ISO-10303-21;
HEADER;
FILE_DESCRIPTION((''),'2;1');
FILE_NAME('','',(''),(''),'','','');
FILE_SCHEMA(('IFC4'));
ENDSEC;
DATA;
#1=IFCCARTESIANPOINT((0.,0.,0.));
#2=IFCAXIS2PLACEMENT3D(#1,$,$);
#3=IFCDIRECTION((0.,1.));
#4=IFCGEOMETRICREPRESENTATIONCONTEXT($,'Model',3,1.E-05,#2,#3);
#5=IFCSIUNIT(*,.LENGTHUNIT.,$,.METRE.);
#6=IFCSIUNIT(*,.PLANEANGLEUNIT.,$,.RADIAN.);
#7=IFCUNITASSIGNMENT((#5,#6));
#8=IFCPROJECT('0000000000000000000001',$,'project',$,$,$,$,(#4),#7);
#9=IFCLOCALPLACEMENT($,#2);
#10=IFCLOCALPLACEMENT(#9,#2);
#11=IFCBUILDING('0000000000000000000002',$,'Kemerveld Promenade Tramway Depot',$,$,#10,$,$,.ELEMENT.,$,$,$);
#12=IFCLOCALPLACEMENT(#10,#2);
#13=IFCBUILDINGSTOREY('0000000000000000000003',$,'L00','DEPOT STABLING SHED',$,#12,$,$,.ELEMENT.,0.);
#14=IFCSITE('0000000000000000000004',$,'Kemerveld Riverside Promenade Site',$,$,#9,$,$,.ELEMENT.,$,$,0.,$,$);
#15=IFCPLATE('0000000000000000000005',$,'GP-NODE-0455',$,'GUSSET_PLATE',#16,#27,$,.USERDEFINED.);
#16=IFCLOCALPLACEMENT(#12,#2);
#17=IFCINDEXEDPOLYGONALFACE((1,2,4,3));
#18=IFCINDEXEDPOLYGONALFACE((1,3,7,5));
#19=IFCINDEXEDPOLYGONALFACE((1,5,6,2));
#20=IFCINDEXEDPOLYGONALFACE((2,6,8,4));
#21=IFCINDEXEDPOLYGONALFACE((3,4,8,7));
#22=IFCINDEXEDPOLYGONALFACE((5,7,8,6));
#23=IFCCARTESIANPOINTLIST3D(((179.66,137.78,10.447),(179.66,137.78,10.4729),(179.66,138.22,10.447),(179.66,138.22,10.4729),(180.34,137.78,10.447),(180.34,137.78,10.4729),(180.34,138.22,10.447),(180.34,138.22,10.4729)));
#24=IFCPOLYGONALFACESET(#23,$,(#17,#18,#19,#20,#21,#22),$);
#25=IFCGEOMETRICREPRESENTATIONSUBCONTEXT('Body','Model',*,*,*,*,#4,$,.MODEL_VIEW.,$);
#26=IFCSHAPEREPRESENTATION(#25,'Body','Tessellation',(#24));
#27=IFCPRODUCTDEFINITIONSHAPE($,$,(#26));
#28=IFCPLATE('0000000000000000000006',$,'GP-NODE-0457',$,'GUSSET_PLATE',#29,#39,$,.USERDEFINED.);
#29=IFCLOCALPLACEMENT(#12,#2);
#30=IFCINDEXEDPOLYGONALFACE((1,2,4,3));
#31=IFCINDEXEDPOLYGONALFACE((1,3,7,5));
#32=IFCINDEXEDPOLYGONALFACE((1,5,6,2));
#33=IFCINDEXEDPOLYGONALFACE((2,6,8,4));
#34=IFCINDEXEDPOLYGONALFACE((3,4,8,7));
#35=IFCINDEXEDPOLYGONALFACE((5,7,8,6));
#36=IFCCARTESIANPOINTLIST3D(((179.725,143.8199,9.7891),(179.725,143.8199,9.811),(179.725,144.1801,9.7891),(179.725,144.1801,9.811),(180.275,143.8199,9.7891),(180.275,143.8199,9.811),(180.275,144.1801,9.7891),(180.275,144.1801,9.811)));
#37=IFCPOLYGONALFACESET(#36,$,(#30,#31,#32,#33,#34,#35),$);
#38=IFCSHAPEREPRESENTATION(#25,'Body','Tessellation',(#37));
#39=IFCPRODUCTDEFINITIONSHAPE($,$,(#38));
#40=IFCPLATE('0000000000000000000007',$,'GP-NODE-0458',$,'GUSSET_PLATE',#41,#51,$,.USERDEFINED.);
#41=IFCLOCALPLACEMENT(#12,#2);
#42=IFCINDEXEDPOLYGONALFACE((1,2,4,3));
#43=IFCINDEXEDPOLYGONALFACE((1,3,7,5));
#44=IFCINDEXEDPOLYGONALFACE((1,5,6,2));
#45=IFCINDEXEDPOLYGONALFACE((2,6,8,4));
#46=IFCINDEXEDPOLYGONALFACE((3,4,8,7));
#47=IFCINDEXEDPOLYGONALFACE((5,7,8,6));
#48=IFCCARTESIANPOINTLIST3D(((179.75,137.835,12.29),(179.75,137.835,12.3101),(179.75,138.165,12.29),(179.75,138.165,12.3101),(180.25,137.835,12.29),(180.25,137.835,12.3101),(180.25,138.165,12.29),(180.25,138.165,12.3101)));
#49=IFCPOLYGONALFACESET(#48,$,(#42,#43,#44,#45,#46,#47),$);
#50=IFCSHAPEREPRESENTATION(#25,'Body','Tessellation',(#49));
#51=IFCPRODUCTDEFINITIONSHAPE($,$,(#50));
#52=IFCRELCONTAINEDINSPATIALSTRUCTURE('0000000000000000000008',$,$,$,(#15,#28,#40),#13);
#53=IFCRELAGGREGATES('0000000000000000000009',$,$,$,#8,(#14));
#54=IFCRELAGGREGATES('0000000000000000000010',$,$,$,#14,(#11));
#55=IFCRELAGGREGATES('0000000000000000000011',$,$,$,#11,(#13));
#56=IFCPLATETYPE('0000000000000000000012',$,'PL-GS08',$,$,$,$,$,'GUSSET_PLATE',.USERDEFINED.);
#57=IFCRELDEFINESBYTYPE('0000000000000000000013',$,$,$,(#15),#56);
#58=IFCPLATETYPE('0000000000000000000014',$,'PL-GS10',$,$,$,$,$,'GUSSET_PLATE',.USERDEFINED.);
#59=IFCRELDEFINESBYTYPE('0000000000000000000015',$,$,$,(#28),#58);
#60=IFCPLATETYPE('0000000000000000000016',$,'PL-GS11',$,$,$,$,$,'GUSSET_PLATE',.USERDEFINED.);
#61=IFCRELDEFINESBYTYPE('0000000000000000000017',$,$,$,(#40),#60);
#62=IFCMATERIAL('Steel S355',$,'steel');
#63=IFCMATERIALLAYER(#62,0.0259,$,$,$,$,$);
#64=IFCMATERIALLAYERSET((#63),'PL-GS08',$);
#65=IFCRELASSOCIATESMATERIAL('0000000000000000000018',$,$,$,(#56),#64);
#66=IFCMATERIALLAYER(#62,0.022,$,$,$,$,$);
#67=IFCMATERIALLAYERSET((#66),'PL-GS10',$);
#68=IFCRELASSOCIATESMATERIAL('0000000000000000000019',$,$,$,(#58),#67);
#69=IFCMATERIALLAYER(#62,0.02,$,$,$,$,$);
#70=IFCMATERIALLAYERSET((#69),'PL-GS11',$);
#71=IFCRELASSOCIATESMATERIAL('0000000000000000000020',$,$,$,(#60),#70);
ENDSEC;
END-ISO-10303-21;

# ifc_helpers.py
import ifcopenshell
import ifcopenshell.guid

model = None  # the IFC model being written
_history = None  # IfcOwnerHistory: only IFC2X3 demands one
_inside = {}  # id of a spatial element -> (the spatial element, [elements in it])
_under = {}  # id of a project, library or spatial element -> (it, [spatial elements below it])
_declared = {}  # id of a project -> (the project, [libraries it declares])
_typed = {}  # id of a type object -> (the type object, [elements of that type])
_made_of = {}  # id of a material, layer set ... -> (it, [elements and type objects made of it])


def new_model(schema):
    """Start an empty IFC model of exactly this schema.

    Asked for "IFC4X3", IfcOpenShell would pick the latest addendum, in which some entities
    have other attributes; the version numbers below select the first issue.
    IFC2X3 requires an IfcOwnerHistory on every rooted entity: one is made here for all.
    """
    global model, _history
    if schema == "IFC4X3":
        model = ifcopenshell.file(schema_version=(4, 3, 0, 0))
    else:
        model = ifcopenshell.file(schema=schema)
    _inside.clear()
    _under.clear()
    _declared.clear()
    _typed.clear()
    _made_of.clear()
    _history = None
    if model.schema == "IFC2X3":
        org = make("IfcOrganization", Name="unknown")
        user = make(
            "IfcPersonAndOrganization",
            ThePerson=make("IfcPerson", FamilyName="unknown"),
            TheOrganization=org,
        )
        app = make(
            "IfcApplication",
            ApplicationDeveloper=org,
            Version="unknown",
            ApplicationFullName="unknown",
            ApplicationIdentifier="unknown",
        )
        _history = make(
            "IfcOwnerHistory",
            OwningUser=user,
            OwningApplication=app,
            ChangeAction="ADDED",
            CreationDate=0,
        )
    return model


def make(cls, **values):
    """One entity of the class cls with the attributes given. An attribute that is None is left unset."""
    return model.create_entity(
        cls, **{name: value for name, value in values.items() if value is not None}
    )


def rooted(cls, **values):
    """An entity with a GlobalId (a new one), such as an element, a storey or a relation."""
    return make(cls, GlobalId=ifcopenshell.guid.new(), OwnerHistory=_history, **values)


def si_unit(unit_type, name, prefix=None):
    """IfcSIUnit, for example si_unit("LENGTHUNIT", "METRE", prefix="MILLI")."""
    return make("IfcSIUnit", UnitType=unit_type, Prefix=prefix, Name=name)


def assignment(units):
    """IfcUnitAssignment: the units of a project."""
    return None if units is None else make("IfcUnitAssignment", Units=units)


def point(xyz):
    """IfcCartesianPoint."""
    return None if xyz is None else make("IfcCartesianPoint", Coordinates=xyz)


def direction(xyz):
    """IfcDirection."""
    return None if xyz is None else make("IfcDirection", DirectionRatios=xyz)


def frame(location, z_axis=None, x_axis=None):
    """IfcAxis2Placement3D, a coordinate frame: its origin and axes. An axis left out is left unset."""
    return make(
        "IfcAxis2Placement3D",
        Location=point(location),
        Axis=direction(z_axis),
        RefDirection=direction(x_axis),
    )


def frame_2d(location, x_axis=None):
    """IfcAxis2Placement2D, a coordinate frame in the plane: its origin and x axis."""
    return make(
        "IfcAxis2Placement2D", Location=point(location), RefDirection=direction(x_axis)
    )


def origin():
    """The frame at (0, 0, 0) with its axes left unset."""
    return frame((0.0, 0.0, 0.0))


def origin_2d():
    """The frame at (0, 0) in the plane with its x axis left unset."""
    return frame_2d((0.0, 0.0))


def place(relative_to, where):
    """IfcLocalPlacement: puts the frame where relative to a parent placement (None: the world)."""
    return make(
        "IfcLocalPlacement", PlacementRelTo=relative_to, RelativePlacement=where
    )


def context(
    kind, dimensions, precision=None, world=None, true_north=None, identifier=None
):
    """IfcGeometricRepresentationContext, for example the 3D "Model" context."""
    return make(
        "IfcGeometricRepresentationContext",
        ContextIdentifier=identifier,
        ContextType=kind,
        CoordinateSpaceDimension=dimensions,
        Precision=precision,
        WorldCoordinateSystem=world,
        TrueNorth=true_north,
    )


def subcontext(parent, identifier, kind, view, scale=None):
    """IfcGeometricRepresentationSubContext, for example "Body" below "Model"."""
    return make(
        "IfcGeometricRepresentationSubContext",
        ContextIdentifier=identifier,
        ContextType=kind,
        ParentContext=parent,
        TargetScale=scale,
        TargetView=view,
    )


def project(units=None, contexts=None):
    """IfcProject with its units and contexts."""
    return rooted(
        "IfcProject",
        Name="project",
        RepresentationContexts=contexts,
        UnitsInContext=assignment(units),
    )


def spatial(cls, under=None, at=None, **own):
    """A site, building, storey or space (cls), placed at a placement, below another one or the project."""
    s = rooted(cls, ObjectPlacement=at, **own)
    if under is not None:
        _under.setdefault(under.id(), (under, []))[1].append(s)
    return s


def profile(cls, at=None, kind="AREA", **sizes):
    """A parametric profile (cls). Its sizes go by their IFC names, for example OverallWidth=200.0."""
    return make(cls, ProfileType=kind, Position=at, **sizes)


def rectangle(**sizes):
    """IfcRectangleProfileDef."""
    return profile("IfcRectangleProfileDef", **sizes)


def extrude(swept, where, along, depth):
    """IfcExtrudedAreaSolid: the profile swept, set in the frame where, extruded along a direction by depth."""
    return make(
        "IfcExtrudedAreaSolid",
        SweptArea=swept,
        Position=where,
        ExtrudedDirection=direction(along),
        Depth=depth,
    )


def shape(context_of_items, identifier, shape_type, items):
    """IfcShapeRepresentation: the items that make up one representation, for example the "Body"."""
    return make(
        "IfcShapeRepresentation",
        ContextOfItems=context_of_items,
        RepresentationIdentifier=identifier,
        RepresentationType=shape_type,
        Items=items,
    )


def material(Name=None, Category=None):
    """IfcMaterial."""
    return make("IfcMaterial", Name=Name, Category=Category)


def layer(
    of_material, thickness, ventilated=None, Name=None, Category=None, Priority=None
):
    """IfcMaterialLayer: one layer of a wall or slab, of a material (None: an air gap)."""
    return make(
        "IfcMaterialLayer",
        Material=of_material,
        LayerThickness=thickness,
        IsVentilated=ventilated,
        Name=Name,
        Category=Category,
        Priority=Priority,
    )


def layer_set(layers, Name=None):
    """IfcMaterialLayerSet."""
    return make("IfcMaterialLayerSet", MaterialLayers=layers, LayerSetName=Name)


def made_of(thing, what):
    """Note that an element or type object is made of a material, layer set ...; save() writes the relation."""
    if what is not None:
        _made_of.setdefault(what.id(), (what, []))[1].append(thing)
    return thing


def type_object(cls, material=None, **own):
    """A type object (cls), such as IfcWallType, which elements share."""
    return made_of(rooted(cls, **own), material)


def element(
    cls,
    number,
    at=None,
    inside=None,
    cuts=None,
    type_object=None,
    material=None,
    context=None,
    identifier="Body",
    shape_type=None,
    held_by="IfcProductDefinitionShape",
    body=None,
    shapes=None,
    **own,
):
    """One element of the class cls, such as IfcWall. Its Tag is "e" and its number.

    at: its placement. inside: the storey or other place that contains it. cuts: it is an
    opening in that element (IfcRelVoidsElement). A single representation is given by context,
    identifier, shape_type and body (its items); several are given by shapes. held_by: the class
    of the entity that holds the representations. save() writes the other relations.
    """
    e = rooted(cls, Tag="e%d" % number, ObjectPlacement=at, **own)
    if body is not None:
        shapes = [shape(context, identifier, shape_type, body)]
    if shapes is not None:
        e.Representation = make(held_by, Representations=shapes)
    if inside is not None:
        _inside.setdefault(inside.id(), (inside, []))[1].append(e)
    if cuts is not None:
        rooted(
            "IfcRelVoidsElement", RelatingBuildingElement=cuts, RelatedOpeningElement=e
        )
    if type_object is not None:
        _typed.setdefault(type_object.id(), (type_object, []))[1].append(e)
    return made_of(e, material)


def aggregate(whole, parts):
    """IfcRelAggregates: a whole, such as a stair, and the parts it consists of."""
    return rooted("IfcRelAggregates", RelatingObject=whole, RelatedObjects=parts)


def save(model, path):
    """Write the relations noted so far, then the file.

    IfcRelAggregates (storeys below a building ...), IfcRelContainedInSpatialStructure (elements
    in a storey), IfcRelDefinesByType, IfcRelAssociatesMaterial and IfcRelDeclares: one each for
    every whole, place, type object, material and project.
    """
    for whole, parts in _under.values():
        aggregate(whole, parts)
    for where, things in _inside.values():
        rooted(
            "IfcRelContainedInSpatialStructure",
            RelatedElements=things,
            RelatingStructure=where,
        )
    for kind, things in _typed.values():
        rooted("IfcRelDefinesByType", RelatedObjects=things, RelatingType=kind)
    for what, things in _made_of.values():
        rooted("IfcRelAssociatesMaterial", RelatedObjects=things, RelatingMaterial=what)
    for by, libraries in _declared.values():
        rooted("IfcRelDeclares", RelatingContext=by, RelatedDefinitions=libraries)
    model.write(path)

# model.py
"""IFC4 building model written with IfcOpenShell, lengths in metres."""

from ifc_helpers import new_model, si_unit, direction, frame, origin, origin_2d, place, context, subcontext, project, spatial, rectangle, extrude, material, layer, layer_set, type_object, element, save


model = new_model("IFC4")

# Units and contexts
model_context = context("Model", 3, precision=1e-05, world=origin(), true_north=direction((0.0, 1.0)))
body_context = subcontext(model_context, "Body", "Model", "MODEL_VIEW")
ifc_project = project(units=[si_unit("LENGTHUNIT", "METRE"), si_unit("PLANEANGLEUNIT", "RADIAN")], contexts=[model_context])

# Site, building, storey
site_placement = place(None, origin())
site = spatial("IfcSite", under=ifc_project, at=site_placement, Name="Kemerveld Riverside Promenade Site", CompositionType="ELEMENT", RefElevation=0.0)
building_placement = place(site_placement, origin())
building = spatial("IfcBuilding", under=site, at=building_placement, Name="Kemerveld Promenade Tramway Depot", CompositionType="ELEMENT")
storey_placement = place(building_placement, origin())
storey = spatial("IfcBuildingStorey", under=building, at=storey_placement, Name="L00", Description="DEPOT STABLING SHED", CompositionType="ELEMENT", Elevation=0.0)

# Shared definitions
ifc_material_1 = material(Name="Steel S355", Category="steel")

# Plates
ifc_layer_1 = layer(ifc_material_1, 0.0259)
ifc_layer_set_1 = layer_set([ifc_layer_1], Name="PL-GS08")
plate_type_1 = type_object("IfcPlateType", Name="PL-GS08", ElementType="GUSSET_PLATE", PredefinedType="USERDEFINED", material=ifc_layer_set_1)
plate_1_placement = place(storey_placement, frame((180.0, 138.0, 10.447), z_axis=(0.0, 0.0, 1.0), x_axis=(1.0, 0.0, 0.0)))
element("IfcPlate", 1, at=plate_1_placement, inside=storey, type_object=plate_type_1, Name="GP-NODE-0455", ObjectType="GUSSET_PLATE", PredefinedType="USERDEFINED", context=body_context, shape_type="SweptSolid", body=[
    extrude(rectangle(XDim=0.6799, YDim=0.4399, at=origin_2d()), origin(), (0.0, 0.0, 1.0), 0.0259),
])
ifc_layer_2 = layer(ifc_material_1, 0.022)
ifc_layer_set_2 = layer_set([ifc_layer_2], Name="PL-GS10")
plate_type_2 = type_object("IfcPlateType", Name="PL-GS10", ElementType="GUSSET_PLATE", PredefinedType="USERDEFINED", material=ifc_layer_set_2)
plate_2_placement = place(storey_placement, frame((180.0, 144.0, 9.7891), z_axis=(0.0, 0.0, 1.0), x_axis=(1.0, 0.0, 0.0)))
element("IfcPlate", 2, at=plate_2_placement, inside=storey, type_object=plate_type_2, Name="GP-NODE-0457", ObjectType="GUSSET_PLATE", PredefinedType="USERDEFINED", context=body_context, shape_type="SweptSolid", body=[
    extrude(rectangle(XDim=0.55, YDim=0.3601, at=origin_2d()), origin(), (0.0, 0.0, 1.0), 0.022),
])
ifc_layer_3 = layer(ifc_material_1, 0.02)
ifc_layer_set_3 = layer_set([ifc_layer_3], Name="PL-GS11")
plate_type_3 = type_object("IfcPlateType", Name="PL-GS11", ElementType="GUSSET_PLATE", PredefinedType="USERDEFINED", material=ifc_layer_set_3)
plate_3_placement = place(storey_placement, frame((180.0, 138.0, 12.29), z_axis=(0.0, 0.0, 1.0), x_axis=(1.0, 0.0, 0.0)))
element("IfcPlate", 3, at=plate_3_placement, inside=storey, type_object=plate_type_3, Name="GP-NODE-0458", ObjectType="GUSSET_PLATE", PredefinedType="USERDEFINED", context=body_context, shape_type="SweptSolid", body=[
    extrude(rectangle(XDim=0.5, YDim=0.3301, at=origin_2d()), origin(), (0.0, 0.0, 1.0), 0.02),
])

save(model, "model.ifc")
